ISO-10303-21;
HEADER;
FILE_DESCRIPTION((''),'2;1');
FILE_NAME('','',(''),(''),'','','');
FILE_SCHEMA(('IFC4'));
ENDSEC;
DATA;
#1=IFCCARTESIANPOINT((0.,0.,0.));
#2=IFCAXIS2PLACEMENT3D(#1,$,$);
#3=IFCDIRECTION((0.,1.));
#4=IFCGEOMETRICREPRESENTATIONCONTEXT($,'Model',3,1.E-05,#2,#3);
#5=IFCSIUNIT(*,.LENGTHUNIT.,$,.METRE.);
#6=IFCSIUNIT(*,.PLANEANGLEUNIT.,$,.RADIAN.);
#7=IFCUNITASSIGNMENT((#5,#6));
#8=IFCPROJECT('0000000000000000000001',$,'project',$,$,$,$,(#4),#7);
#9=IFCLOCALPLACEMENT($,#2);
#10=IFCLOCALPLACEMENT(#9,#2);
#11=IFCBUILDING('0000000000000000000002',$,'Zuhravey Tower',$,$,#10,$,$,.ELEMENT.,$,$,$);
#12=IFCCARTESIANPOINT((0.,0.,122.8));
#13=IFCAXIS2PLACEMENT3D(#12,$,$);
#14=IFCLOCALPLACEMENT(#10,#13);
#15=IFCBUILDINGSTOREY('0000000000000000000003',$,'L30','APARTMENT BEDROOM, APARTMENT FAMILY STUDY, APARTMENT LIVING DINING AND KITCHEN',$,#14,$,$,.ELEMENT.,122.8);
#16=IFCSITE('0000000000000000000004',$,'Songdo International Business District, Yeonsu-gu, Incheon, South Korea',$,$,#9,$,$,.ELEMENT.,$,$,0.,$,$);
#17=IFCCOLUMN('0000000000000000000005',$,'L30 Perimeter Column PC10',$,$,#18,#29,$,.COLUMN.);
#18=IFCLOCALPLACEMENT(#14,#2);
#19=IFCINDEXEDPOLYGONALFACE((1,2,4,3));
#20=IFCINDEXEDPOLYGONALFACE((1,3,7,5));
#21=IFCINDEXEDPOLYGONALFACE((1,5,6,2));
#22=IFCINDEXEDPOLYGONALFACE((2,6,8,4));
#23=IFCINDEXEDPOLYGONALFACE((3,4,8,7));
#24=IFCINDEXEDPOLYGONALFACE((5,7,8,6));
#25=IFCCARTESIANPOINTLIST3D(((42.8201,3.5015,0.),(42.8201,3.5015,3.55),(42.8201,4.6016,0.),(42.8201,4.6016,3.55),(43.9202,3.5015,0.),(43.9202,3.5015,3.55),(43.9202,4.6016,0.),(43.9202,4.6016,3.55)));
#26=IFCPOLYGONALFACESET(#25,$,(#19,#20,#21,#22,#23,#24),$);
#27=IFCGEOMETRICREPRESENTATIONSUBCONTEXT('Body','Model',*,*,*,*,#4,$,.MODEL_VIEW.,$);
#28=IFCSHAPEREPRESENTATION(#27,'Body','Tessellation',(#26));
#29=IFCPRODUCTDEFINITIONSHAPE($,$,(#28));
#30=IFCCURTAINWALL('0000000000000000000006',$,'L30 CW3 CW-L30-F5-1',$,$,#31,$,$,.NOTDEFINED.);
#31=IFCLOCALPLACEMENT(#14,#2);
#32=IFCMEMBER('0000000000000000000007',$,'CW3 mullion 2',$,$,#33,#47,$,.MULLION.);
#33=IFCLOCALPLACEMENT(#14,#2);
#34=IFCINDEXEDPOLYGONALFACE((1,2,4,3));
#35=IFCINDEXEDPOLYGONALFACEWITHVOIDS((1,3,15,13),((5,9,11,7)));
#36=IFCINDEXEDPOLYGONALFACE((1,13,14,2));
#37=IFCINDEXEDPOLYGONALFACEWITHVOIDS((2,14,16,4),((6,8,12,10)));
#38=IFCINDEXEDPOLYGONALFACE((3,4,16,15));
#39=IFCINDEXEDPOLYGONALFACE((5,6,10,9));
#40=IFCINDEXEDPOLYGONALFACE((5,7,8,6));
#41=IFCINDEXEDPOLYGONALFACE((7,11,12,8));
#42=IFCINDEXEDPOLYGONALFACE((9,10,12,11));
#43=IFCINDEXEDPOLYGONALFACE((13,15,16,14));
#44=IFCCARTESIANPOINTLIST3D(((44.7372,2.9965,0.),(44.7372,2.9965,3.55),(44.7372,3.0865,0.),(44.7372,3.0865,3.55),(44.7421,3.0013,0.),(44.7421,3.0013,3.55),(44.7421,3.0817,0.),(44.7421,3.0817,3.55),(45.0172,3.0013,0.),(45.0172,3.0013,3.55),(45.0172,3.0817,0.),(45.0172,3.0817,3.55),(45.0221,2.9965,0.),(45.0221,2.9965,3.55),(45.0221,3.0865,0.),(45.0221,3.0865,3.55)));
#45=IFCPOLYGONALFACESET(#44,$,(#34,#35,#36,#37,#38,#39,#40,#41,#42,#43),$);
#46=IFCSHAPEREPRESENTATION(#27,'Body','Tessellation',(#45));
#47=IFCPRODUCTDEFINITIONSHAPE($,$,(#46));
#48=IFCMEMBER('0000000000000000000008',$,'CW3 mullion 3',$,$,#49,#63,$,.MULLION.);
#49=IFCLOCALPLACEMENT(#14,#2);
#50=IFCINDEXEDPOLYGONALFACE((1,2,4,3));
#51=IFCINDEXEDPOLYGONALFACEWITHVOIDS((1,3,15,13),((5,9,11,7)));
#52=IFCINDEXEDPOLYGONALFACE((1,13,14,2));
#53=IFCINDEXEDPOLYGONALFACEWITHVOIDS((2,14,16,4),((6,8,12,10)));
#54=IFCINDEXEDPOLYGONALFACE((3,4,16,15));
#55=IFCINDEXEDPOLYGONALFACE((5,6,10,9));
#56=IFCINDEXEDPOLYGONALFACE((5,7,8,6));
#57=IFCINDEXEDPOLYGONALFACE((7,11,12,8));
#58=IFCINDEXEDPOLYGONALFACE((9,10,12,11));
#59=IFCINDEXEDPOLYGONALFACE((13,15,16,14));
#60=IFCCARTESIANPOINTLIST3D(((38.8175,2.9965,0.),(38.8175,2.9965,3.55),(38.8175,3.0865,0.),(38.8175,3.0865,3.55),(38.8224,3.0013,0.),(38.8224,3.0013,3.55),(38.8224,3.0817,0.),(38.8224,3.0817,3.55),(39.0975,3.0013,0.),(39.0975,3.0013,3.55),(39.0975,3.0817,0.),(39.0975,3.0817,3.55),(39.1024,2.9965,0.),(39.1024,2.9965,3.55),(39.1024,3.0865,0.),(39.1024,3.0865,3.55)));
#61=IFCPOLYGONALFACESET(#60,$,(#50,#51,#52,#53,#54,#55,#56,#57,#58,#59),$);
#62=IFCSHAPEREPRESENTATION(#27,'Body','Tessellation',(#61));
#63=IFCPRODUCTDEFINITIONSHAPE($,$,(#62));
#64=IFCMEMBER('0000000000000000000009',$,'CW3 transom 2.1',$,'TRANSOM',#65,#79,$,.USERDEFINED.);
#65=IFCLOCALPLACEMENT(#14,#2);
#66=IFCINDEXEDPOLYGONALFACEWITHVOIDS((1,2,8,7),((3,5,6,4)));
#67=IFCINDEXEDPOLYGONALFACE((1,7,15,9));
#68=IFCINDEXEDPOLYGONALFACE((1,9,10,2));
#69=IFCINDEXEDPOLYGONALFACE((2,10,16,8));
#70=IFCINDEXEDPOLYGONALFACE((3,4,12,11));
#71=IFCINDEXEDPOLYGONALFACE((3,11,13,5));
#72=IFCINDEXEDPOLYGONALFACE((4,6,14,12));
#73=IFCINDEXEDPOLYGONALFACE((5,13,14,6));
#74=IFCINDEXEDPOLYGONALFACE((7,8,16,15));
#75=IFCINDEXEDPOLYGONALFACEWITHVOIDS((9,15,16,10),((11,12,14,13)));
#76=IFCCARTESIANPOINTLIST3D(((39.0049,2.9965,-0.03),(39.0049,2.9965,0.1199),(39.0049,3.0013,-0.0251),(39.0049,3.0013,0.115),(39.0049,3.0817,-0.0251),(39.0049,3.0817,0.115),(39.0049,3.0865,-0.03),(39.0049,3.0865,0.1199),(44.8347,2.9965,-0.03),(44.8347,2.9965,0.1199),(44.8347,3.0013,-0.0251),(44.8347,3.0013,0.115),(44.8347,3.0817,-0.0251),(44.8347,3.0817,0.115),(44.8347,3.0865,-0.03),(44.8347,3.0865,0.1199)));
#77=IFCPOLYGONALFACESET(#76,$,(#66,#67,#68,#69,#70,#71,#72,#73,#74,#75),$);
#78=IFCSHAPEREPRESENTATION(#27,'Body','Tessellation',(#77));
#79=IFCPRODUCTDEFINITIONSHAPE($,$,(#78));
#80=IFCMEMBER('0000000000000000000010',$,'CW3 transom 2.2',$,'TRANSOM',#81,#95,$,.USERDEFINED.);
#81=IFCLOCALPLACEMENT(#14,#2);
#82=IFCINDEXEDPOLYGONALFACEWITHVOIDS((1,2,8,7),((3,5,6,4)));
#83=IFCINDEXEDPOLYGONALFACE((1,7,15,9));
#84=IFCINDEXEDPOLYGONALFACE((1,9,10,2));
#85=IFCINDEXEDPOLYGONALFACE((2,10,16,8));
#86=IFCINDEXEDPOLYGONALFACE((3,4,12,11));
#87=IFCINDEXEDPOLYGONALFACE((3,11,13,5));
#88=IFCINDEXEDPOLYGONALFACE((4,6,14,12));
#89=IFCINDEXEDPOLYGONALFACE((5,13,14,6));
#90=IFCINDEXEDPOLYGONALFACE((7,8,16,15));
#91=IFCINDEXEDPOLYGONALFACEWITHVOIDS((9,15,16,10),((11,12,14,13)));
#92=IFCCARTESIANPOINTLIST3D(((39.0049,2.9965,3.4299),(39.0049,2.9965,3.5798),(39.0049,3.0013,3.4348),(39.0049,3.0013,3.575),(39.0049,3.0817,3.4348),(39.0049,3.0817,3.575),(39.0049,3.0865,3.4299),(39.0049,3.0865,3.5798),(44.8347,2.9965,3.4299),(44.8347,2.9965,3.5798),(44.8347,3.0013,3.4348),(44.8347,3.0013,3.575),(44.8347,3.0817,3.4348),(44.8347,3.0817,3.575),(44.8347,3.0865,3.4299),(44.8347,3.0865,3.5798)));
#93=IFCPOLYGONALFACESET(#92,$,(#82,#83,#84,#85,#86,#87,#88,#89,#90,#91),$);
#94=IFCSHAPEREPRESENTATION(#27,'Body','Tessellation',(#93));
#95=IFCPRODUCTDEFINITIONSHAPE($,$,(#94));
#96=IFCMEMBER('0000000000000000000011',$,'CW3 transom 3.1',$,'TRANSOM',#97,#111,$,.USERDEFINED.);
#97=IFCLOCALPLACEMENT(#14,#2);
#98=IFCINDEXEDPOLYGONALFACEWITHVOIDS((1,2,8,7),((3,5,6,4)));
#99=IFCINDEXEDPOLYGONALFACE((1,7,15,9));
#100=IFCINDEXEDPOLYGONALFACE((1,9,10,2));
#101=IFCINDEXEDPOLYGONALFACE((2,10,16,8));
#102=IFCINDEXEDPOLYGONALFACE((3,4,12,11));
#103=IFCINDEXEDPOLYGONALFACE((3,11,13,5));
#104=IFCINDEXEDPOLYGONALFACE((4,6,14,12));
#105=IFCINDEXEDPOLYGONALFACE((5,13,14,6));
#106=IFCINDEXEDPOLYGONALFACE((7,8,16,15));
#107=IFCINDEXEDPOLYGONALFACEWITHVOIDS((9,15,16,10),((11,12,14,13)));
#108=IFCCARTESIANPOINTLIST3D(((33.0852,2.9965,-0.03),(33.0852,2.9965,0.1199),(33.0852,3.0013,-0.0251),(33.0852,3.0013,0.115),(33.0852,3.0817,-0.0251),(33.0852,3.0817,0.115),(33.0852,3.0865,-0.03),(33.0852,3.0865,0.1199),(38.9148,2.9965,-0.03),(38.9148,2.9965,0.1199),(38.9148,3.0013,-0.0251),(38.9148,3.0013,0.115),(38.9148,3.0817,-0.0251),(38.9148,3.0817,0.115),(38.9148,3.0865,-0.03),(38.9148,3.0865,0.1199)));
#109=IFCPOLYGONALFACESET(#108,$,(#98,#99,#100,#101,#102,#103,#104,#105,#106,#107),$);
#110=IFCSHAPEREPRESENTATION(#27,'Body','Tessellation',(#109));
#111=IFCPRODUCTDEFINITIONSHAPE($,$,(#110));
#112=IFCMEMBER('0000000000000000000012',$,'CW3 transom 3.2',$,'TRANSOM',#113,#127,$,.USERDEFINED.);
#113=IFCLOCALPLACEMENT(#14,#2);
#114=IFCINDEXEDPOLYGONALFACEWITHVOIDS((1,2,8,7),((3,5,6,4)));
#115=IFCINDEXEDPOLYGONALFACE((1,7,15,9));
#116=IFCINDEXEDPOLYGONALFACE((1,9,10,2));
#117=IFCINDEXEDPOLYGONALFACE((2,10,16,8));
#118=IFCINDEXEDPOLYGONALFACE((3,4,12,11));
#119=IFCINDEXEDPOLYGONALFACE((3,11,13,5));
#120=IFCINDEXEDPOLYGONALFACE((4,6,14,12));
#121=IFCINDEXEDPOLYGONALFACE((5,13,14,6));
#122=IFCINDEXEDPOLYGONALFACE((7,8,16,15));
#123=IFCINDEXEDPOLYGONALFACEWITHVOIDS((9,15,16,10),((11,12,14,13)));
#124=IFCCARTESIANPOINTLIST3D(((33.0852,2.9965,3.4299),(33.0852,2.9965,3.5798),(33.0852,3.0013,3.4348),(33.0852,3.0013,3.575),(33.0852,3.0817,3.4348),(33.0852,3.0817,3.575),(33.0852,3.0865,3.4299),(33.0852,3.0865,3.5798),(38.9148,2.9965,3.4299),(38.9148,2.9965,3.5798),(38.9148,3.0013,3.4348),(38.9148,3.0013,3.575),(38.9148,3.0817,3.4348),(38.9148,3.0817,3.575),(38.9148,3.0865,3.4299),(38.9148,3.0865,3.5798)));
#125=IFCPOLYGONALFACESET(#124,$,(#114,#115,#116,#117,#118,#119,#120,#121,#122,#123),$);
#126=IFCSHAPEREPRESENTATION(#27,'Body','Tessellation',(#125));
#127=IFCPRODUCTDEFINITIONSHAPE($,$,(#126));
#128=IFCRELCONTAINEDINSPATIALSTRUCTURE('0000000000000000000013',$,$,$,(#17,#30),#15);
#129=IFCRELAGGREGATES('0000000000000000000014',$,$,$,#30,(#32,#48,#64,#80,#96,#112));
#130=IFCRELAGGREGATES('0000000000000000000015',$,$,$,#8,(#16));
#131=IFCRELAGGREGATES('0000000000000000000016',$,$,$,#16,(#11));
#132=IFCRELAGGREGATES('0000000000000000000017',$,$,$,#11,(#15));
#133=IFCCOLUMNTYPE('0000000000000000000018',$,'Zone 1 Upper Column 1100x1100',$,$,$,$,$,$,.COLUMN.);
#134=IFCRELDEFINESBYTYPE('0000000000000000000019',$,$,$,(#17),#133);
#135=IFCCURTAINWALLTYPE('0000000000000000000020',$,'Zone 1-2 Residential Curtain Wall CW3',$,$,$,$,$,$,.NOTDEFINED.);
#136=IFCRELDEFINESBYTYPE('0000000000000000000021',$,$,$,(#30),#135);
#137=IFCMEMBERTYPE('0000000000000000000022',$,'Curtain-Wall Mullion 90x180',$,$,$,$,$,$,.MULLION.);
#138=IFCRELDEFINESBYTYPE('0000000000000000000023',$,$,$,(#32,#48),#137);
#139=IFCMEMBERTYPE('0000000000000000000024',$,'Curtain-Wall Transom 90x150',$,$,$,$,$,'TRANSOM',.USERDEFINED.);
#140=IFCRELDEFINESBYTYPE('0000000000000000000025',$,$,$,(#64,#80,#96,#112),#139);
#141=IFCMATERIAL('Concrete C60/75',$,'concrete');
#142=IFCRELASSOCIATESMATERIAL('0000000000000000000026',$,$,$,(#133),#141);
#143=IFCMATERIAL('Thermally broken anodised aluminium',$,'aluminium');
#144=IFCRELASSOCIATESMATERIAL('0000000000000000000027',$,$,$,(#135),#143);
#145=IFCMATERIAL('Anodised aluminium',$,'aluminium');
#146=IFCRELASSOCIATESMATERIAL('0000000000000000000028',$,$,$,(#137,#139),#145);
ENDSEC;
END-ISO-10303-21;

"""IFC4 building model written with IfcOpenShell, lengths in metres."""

from ifc_helpers import new_model, si_unit, direction, frame, origin, origin_2d, place, context, subcontext, project, spatial, rectangle, hollow_rectangle, extrude, material, material_profile, profile_set, type_object, element, aggregate, save


model = new_model("IFC4")

# Units and contexts
model_context = context("Model", 3, precision=1e-05, world=origin(), true_north=direction((0.0, 1.0)))
body_context = subcontext(model_context, "Body", "Model", "MODEL_VIEW")
ifc_project = project(units=[si_unit("LENGTHUNIT", "METRE"), si_unit("PLANEANGLEUNIT", "RADIAN")], contexts=[model_context])

# Site, building, storey
site_placement = place(None, origin())
site = spatial("IfcSite", under=ifc_project, at=site_placement, Name="Songdo International Business District, Yeonsu-gu, Incheon, South Korea", CompositionType="ELEMENT", RefElevation=0.0)
building_placement = place(site_placement, origin())
building = spatial("IfcBuilding", under=site, at=building_placement, Name="Zuhravey Tower", CompositionType="ELEMENT")
storey_placement = place(building_placement, frame((0.0, 0.0, 122.8)))
storey = spatial("IfcBuildingStorey", under=building, at=storey_placement, Name="L30", Description="APARTMENT BEDROOM, APARTMENT FAMILY STUDY, APARTMENT LIVING DINING AND KITCHEN", CompositionType="ELEMENT", Elevation=122.8)

# Column
ifc_material_1 = material(Name="Concrete C60/75", Category="concrete")
ifc_material_profile_1 = material_profile(ifc_material_1, rectangle(XDim=1.1001, YDim=1.1001, at=origin_2d()), Name="RC-1100x1100")
ifc_profile_set_1 = profile_set([ifc_material_profile_1], Name="Concrete C60/75")
column_type = type_object("IfcColumnType", Name="Zone 1 Upper Column 1100x1100", PredefinedType="COLUMN", material=ifc_profile_set_1)
column_placement = place(storey_placement, frame((43.3701, 4.0515, 0.0), z_axis=(0.0, 0.0, 1.0), x_axis=(1.0, 0.0, 0.0)))
element("IfcColumn", 1, at=column_placement, inside=storey, type_object=column_type, Name="L30 Perimeter Column PC10", PredefinedType="COLUMN", context=body_context, shape_type="SweptSolid", body=[
    extrude(rectangle(XDim=1.1001, YDim=1.1001, at=origin_2d()), origin(), (0.0, 0.0, 1.0), 3.55),
])

# Curtain wall, members
ifc_material_2 = material(Name="Thermally broken anodised aluminium", Category="aluminium")
curtain_wall_type = type_object("IfcCurtainWallType", Name="Zone 1-2 Residential Curtain Wall CW3", PredefinedType="NOTDEFINED", material=ifc_material_2)
curtain_wall_placement = place(storey_placement, origin())
curtain_wall = element("IfcCurtainWall", 2, at=curtain_wall_placement, inside=storey, type_object=curtain_wall_type, Name="L30 CW3 CW-L30-F5-1", PredefinedType="NOTDEFINED")
ifc_material_3 = material(Name="Anodised aluminium", Category="aluminium")
ifc_material_profile_2 = material_profile(ifc_material_3, hollow_rectangle(XDim=0.0901, YDim=0.2849, WallThickness=0.0049, at=origin_2d()), Name="ALU-RHS-90x285x5")
ifc_profile_set_2 = profile_set([ifc_material_profile_2], Name="Anodised aluminium")
member_type_1 = type_object("IfcMemberType", Name="Curtain-Wall Mullion 90x180", PredefinedType="MULLION", material=ifc_profile_set_2)
member_1_placement = place(storey_placement, frame((44.8796, 3.0415, 0.0), z_axis=(0.0, 0.0, 1.0), x_axis=(0.0, -1.0, 0.0)))
member_1 = element("IfcMember", 3, at=member_1_placement, type_object=member_type_1, Name="CW3 mullion 2", PredefinedType="MULLION", context=body_context, shape_type="SweptSolid", body=[
    extrude(hollow_rectangle(XDim=0.0901, YDim=0.2849, WallThickness=0.0049, at=origin_2d()), origin(), (0.0, 0.0, 1.0), 3.55),
])
member_2_placement = place(storey_placement, frame((38.96, 3.0415, 0.0), z_axis=(0.0, 0.0, 1.0), x_axis=(0.0, -1.0, 0.0)))
member_2 = element("IfcMember", 4, at=member_2_placement, type_object=member_type_1, Name="CW3 mullion 3", PredefinedType="MULLION", context=body_context, shape_type="SweptSolid", body=[
    extrude(hollow_rectangle(XDim=0.0901, YDim=0.2849, WallThickness=0.0049, at=origin_2d()), origin(), (0.0, 0.0, 1.0), 3.55),
])
ifc_material_profile_3 = material_profile(ifc_material_3, hollow_rectangle(XDim=0.0901, YDim=0.1499, WallThickness=0.0049, at=origin_2d()), Name="ALU-RHS-90x150x5")
ifc_profile_set_3 = profile_set([ifc_material_profile_3], Name="Anodised aluminium")
member_type_2 = type_object("IfcMemberType", Name="Curtain-Wall Transom 90x150", ElementType="TRANSOM", PredefinedType="USERDEFINED", material=ifc_profile_set_3)
member_3_placement = place(storey_placement, frame((44.8347, 3.0415, 0.0449), z_axis=(-1.0, 0.0, 0.0), x_axis=(0.0, -1.0, 0.0)))
member_3 = element("IfcMember", 5, at=member_3_placement, type_object=member_type_2, Name="CW3 transom 2.1", ObjectType="TRANSOM", PredefinedType="USERDEFINED", context=body_context, shape_type="SweptSolid", body=[
    extrude(hollow_rectangle(XDim=0.0901, YDim=0.1499, WallThickness=0.0049, at=origin_2d()), origin(), (0.0, 0.0, 1.0), 5.8298),
])
member_4_placement = place(storey_placement, frame((44.8347, 3.0415, 3.5049), z_axis=(-1.0, 0.0, 0.0), x_axis=(0.0, -1.0, 0.0)))
member_4 = element("IfcMember", 6, at=member_4_placement, type_object=member_type_2, Name="CW3 transom 2.2", ObjectType="TRANSOM", PredefinedType="USERDEFINED", context=body_context, shape_type="SweptSolid", body=[
    extrude(hollow_rectangle(XDim=0.0901, YDim=0.1499, WallThickness=0.0049, at=origin_2d()), origin(), (0.0, 0.0, 1.0), 5.8298),
])
member_5_placement = place(storey_placement, frame((38.9148, 3.0415, 0.0449), z_axis=(-1.0, 0.0, 0.0), x_axis=(0.0, -1.0, 0.0)))
member_5 = element("IfcMember", 7, at=member_5_placement, type_object=member_type_2, Name="CW3 transom 3.1", ObjectType="TRANSOM", PredefinedType="USERDEFINED", context=body_context, shape_type="SweptSolid", body=[
    extrude(hollow_rectangle(XDim=0.0901, YDim=0.1499, WallThickness=0.0049, at=origin_2d()), origin(), (0.0, 0.0, 1.0), 5.8296),
])
member_6_placement = place(storey_placement, frame((38.9148, 3.0415, 3.5049), z_axis=(-1.0, 0.0, 0.0), x_axis=(0.0, -1.0, 0.0)))
member_6 = element("IfcMember", 8, at=member_6_placement, type_object=member_type_2, Name="CW3 transom 3.2", ObjectType="TRANSOM", PredefinedType="USERDEFINED", context=body_context, shape_type="SweptSolid", body=[
    extrude(hollow_rectangle(XDim=0.0901, YDim=0.1499, WallThickness=0.0049, at=origin_2d()), origin(), (0.0, 0.0, 1.0), 5.8296),
])

aggregate(curtain_wall, [member_1, member_2, member_3, member_4, member_5, member_6])

save(model, "model.ifc")
